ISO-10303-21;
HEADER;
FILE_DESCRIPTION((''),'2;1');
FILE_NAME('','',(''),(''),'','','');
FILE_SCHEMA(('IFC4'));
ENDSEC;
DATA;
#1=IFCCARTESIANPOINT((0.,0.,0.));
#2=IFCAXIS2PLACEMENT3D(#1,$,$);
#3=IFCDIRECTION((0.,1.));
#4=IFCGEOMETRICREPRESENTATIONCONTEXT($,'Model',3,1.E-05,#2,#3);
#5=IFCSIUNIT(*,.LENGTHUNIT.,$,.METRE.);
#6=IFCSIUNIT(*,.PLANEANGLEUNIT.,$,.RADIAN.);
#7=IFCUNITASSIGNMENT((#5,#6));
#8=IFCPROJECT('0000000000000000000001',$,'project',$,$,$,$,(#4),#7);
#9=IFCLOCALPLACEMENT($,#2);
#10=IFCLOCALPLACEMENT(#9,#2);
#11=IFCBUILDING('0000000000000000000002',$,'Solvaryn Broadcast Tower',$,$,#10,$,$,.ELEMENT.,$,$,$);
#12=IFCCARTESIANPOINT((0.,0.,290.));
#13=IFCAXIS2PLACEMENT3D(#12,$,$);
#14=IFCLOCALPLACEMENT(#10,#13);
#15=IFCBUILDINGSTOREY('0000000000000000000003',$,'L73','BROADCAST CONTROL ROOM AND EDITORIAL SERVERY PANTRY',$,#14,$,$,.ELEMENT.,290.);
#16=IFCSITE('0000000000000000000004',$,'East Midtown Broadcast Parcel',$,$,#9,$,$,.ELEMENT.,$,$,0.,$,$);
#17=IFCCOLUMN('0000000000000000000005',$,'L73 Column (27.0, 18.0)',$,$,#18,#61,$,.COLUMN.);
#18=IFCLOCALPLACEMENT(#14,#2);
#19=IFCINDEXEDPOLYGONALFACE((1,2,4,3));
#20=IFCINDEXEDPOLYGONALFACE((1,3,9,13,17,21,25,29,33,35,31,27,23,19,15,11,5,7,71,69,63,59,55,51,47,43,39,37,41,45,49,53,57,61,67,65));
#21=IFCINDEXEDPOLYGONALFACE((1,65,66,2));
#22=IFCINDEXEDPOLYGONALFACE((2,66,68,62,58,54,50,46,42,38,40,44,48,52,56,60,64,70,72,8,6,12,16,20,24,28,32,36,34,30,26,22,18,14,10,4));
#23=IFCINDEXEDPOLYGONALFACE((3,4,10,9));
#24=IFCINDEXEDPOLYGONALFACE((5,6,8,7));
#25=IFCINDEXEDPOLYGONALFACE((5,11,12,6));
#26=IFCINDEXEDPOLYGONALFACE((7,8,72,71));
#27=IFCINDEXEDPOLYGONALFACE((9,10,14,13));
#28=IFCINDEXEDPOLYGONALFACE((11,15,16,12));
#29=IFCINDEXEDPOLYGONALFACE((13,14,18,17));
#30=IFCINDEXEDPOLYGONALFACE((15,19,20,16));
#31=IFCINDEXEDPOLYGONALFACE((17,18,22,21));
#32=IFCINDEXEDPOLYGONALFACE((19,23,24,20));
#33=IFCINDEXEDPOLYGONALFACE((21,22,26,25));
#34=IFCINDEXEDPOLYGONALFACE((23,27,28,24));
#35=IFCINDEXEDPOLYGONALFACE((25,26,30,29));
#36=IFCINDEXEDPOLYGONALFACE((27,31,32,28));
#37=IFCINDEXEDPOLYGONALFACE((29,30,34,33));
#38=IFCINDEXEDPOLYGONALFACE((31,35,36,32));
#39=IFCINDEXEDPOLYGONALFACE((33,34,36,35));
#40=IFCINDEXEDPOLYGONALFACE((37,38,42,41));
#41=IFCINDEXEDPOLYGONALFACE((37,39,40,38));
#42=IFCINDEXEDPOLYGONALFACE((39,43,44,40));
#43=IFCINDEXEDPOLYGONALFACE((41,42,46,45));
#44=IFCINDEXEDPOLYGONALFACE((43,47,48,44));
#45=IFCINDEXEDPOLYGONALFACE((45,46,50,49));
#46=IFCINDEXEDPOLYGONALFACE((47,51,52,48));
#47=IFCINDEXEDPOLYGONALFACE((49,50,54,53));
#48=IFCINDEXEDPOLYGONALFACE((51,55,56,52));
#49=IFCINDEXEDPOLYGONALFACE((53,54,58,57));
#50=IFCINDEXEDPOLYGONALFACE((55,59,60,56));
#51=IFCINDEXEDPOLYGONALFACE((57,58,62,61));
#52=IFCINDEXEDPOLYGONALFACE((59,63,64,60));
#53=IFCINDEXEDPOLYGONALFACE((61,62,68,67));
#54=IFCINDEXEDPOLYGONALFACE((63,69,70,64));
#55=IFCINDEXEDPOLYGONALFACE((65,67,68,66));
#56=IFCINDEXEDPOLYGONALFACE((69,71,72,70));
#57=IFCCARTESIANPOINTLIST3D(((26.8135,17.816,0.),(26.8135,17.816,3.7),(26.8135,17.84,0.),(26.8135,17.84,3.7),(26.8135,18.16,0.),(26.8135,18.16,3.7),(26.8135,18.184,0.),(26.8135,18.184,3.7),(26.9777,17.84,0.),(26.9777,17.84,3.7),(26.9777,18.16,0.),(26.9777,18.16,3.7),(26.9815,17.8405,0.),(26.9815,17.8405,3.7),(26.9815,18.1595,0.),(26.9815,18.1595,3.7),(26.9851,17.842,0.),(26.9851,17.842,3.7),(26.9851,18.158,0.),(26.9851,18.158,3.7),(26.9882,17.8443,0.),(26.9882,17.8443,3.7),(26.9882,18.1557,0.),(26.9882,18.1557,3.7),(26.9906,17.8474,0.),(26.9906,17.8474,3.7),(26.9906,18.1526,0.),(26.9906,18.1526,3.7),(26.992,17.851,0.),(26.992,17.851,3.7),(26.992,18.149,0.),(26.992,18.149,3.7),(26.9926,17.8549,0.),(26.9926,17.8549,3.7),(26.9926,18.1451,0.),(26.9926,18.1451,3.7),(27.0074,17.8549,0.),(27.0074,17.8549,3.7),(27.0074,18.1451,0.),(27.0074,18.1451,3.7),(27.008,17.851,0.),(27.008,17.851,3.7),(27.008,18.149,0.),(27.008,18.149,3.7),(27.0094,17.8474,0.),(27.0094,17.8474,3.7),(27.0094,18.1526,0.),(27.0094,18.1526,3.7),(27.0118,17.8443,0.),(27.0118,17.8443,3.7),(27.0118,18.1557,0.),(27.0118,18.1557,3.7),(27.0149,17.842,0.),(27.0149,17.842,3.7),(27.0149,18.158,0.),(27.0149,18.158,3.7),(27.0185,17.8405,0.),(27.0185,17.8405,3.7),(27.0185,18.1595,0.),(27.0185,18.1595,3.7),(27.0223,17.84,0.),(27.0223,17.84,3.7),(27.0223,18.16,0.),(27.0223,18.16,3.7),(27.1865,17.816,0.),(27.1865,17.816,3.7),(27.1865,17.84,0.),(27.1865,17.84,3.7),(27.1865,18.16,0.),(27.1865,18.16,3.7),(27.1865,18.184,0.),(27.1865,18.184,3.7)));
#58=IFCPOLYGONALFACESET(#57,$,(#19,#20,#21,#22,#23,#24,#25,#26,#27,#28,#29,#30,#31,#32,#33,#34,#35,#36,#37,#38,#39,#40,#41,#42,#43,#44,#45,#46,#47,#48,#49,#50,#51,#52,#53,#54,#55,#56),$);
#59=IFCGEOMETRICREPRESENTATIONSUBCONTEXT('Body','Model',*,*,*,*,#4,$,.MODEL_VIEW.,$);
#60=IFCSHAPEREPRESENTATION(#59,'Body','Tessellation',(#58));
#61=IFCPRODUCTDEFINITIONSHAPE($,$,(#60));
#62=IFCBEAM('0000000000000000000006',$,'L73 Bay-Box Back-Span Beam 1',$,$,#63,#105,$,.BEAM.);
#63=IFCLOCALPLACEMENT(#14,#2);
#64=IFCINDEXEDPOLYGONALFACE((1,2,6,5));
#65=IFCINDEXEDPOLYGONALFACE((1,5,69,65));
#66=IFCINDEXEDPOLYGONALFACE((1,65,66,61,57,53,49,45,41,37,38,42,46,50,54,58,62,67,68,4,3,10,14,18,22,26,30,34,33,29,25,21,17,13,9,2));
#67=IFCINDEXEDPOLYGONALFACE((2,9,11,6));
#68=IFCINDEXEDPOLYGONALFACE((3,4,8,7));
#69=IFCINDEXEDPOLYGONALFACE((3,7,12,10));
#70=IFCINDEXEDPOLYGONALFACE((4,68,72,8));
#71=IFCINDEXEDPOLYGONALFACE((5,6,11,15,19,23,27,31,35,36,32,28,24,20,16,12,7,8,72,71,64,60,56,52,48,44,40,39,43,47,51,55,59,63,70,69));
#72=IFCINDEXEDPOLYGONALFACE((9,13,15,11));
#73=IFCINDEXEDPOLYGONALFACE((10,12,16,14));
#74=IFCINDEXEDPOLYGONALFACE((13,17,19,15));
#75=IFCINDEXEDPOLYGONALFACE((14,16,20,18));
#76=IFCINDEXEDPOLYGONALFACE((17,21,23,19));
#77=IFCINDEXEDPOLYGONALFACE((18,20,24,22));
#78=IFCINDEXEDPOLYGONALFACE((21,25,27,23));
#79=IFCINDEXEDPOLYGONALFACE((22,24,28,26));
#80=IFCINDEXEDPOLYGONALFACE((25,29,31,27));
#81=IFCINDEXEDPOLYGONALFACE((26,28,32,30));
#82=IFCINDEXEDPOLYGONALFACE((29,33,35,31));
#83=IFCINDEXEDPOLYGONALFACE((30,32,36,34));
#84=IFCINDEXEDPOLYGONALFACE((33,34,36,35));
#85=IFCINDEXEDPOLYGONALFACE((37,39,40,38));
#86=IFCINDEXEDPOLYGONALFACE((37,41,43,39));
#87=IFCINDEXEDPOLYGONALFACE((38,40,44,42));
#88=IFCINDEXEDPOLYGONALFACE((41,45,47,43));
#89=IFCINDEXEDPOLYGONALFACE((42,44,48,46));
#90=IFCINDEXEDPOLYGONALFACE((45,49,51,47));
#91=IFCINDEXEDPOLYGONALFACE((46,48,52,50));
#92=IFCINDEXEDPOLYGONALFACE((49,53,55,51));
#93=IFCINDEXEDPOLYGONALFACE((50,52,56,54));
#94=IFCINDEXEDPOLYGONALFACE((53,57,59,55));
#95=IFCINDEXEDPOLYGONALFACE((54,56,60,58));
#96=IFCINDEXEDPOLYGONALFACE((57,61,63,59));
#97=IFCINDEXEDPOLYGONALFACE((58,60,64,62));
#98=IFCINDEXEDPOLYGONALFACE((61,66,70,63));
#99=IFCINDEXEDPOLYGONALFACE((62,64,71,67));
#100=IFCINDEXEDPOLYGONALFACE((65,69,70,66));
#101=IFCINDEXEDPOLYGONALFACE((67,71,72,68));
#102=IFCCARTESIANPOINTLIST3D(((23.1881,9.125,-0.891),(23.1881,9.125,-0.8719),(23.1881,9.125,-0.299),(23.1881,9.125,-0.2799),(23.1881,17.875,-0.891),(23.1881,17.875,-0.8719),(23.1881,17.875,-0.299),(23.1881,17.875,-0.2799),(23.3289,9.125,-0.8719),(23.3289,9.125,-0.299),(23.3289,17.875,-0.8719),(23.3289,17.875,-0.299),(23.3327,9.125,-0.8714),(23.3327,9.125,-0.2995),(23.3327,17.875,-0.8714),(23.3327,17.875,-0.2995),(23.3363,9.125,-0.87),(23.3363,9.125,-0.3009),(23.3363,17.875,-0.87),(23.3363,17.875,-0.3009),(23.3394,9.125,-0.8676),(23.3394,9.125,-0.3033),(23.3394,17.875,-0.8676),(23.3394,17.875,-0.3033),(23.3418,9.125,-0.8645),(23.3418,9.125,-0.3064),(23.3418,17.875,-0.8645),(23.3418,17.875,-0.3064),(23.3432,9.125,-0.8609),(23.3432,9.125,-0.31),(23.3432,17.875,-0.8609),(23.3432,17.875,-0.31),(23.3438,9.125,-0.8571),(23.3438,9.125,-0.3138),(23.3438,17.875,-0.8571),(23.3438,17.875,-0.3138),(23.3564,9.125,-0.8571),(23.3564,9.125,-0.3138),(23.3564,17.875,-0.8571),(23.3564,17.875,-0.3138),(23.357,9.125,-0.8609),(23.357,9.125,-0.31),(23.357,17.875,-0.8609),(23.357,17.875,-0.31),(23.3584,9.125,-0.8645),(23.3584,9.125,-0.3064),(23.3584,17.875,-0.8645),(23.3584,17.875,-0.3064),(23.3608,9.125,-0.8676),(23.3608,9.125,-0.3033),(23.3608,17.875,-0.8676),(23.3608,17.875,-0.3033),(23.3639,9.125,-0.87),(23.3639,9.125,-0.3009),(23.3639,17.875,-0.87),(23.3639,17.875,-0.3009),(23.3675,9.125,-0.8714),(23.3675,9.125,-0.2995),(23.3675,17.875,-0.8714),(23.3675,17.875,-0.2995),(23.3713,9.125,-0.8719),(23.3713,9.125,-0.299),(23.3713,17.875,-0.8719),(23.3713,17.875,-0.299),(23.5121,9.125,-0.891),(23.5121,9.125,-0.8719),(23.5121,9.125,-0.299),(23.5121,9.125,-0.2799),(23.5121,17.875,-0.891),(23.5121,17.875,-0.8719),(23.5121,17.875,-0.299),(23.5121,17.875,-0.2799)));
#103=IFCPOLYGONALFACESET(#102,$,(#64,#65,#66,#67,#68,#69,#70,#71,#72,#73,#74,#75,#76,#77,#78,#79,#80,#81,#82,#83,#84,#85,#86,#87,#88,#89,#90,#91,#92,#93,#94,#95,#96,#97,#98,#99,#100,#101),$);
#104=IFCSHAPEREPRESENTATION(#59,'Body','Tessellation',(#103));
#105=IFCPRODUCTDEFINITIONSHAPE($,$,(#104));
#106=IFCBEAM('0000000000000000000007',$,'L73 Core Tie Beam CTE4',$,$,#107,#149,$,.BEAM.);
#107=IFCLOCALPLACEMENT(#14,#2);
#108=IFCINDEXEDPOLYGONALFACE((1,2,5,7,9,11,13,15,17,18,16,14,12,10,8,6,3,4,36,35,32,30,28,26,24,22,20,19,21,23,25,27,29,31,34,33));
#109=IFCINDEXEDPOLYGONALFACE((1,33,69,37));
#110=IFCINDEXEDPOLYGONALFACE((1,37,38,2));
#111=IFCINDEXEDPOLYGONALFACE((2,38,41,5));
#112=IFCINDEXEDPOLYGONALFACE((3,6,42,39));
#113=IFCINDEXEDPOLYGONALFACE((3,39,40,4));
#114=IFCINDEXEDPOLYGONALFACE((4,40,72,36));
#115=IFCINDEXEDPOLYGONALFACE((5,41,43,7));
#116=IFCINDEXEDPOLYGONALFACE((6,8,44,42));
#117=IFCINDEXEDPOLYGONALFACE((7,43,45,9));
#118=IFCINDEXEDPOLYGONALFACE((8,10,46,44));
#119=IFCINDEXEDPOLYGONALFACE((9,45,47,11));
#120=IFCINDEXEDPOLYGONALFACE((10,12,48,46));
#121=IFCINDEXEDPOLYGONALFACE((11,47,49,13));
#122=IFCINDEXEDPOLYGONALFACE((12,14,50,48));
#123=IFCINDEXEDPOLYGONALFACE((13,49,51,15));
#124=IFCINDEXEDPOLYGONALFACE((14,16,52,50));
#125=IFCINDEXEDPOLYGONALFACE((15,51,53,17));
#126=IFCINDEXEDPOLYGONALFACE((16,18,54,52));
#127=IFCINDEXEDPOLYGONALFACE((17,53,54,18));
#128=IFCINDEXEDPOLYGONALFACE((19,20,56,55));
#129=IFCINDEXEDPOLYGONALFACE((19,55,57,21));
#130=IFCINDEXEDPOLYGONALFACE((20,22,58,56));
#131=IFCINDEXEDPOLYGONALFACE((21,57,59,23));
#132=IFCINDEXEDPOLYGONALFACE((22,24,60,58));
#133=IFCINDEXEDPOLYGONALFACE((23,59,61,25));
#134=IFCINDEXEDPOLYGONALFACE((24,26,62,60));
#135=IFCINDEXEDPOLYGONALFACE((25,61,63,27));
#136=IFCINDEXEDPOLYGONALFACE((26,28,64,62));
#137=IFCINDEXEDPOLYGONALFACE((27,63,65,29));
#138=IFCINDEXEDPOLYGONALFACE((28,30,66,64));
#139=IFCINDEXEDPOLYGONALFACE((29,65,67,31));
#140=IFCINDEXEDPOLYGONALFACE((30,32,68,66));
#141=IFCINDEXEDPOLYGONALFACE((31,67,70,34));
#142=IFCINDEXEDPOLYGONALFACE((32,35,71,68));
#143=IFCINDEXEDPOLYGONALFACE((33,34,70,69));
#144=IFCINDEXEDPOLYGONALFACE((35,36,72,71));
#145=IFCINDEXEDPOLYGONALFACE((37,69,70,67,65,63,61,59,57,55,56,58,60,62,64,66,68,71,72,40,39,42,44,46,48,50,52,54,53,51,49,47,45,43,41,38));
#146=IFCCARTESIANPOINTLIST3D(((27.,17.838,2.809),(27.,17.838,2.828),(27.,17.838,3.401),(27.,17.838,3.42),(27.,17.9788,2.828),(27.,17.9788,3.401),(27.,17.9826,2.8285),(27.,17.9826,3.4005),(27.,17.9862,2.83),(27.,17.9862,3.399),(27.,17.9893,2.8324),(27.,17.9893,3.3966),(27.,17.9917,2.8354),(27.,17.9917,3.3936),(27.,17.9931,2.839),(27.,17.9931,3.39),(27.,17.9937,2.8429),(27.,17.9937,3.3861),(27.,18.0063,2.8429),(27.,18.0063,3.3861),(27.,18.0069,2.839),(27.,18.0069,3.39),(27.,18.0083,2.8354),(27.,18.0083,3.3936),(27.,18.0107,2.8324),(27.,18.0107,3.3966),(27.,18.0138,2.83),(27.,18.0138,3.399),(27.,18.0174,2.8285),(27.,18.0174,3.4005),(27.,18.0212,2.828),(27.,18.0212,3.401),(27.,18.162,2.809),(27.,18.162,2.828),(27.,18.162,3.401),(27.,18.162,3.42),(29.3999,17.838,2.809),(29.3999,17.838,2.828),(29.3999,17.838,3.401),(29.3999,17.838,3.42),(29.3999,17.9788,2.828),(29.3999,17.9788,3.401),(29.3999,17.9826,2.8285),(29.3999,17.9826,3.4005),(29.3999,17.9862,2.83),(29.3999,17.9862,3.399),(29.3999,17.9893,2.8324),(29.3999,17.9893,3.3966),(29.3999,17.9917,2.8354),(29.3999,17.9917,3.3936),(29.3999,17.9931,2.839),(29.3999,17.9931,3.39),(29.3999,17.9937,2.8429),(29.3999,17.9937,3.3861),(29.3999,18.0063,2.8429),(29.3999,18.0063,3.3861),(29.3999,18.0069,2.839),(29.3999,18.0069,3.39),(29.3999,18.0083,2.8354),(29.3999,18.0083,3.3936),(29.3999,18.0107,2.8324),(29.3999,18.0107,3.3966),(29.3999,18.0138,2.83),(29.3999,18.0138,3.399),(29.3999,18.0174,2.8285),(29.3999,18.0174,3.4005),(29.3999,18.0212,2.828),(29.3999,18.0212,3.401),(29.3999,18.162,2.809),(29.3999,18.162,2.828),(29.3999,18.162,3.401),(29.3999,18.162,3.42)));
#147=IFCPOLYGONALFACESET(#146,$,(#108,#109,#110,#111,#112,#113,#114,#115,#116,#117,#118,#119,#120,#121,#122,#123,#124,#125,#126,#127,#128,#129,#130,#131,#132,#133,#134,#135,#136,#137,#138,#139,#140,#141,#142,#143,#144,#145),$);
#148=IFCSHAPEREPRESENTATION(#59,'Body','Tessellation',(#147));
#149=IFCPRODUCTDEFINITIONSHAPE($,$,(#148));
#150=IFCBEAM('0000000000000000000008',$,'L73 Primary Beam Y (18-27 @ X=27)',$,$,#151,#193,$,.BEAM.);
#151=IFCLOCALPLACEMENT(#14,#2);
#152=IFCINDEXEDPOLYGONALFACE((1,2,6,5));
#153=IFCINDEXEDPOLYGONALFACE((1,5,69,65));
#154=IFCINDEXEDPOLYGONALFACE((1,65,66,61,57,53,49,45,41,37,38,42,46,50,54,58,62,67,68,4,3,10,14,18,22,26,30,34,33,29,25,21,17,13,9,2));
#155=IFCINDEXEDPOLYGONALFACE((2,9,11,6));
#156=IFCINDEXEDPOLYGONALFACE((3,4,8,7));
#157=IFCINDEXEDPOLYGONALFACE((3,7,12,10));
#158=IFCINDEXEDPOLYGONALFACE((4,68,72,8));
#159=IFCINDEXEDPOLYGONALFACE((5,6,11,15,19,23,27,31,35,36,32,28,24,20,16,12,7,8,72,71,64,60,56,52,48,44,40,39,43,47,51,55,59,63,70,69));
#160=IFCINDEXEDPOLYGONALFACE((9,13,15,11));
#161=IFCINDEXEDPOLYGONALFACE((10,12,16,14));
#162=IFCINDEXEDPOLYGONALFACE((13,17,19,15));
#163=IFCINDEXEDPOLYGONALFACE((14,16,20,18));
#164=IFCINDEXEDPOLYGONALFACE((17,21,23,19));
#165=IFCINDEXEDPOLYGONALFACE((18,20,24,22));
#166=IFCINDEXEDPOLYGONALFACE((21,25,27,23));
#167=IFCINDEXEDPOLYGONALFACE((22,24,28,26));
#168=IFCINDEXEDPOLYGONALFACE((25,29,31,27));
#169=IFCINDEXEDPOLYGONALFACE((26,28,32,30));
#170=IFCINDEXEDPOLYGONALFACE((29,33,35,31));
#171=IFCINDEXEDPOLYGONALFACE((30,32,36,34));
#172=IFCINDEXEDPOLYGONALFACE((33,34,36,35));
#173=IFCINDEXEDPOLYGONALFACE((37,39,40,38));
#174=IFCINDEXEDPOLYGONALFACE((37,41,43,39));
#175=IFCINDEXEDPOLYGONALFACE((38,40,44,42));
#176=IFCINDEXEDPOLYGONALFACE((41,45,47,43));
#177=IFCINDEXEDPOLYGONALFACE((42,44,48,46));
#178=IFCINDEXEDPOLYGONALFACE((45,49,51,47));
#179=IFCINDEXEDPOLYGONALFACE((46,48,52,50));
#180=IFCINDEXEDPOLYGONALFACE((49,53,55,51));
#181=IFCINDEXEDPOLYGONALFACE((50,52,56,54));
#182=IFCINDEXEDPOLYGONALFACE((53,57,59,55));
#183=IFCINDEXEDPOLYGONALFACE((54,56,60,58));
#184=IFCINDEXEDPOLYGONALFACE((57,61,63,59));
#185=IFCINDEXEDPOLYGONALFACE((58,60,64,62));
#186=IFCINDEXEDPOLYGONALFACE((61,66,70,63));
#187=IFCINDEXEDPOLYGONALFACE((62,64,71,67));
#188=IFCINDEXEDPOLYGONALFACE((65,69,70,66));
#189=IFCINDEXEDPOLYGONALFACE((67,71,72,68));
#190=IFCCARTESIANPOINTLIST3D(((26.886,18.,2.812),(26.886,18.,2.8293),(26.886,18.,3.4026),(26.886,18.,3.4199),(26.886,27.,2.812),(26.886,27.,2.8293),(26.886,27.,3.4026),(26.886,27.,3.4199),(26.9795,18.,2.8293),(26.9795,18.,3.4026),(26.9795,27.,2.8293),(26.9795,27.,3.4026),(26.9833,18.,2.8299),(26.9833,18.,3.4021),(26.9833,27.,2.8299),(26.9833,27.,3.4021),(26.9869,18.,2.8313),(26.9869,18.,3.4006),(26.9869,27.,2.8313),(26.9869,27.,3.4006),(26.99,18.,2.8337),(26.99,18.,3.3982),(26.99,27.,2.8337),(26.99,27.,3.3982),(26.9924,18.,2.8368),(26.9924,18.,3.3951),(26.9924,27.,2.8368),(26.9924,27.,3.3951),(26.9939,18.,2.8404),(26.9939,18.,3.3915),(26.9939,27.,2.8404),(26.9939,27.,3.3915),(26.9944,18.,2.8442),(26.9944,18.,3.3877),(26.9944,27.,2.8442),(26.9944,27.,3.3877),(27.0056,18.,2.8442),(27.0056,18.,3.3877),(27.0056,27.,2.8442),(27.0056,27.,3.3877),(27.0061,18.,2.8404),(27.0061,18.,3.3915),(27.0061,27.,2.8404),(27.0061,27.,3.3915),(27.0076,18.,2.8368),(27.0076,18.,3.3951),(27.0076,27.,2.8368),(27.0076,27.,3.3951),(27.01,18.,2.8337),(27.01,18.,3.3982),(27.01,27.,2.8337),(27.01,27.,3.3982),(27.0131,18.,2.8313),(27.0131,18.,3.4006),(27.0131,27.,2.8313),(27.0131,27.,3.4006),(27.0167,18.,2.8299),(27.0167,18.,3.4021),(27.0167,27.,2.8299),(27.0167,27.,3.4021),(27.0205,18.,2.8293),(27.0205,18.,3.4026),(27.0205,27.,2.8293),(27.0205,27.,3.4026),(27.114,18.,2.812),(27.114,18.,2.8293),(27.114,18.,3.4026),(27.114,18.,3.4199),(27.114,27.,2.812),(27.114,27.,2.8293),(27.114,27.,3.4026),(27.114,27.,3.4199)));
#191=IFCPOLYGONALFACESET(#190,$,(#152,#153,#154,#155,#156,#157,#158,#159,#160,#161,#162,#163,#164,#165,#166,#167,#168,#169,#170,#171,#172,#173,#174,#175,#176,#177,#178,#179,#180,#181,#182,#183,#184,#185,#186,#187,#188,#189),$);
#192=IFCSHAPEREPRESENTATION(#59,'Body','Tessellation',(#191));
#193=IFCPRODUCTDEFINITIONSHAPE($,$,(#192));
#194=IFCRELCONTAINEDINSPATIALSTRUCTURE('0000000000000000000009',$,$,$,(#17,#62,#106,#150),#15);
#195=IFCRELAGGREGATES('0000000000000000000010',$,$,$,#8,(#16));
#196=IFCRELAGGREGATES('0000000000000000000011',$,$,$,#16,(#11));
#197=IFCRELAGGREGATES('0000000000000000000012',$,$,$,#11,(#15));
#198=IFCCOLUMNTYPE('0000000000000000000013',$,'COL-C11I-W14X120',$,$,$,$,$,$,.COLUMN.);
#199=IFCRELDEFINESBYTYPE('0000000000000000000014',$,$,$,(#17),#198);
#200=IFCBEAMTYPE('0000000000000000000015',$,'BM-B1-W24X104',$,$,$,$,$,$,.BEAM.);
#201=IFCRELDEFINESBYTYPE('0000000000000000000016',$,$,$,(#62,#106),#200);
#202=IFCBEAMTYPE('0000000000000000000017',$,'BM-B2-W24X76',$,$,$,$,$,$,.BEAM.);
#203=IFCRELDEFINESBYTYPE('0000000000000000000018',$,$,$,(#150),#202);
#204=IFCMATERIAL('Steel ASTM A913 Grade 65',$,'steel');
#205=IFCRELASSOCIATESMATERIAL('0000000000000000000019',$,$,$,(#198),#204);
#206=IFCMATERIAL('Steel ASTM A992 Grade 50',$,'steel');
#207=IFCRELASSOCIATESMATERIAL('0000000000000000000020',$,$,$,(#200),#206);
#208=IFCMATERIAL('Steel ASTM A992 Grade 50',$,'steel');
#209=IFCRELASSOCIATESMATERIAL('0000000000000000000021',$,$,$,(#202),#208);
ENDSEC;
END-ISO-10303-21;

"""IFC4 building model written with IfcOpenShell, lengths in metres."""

from ifc_helpers import new_model, si_unit, direction, frame, origin, origin_2d, place, context, subcontext, project, spatial, i_section, extrude, material, material_profile, profile_set, type_object, element, save


model = new_model("IFC4")

# Units and contexts
model_context = context("Model", 3, precision=1e-05, world=origin(), true_north=direction((0.0, 1.0)))
body_context = subcontext(model_context, "Body", "Model", "MODEL_VIEW")
ifc_project = project(units=[si_unit("LENGTHUNIT", "METRE"), si_unit("PLANEANGLEUNIT", "RADIAN")], contexts=[model_context])

# Site, building, storey
site_placement = place(None, origin())
site = spatial("IfcSite", under=ifc_project, at=site_placement, Name="East Midtown Broadcast Parcel", CompositionType="ELEMENT", RefElevation=0.0)
building_placement = place(site_placement, origin())
building = spatial("IfcBuilding", under=site, at=building_placement, Name="Solvaryn Broadcast Tower", CompositionType="ELEMENT")
storey_placement = place(building_placement, frame((0.0, 0.0, 290.0)))
storey = spatial("IfcBuildingStorey", under=building, at=storey_placement, Name="L73", Description="BROADCAST CONTROL ROOM AND EDITORIAL SERVERY PANTRY", CompositionType="ELEMENT", Elevation=290.0)

# Column
ifc_material_1 = material(Name="Steel ASTM A913 Grade 65", Category="steel")
ifc_material_profile_1 = material_profile(ifc_material_1, i_section(OverallWidth=0.373, OverallDepth=0.3679, WebThickness=0.0149, FlangeThickness=0.0239, FilletRadius=0.0149, at=origin_2d()))
ifc_profile_set_1 = profile_set([ifc_material_profile_1], Name="Steel ASTM A913 Grade 65")
column_type = type_object("IfcColumnType", Name="COL-C11I-W14X120", PredefinedType="COLUMN", material=ifc_profile_set_1)
column_placement = place(storey_placement, frame((27.0, 18.0, 0.0), z_axis=(0.0, 0.0, 1.0), x_axis=(1.0, 0.0, 0.0)))
element("IfcColumn", 1, at=column_placement, inside=storey, type_object=column_type, Name="L73 Column (27.0, 18.0)", PredefinedType="COLUMN", context=body_context, shape_type="SweptSolid", body=[
    extrude(i_section(OverallWidth=0.373, OverallDepth=0.3679, WebThickness=0.0149, FlangeThickness=0.0239, FilletRadius=0.0149, at=origin_2d()), origin(), (0.0, 0.0, 1.0), 3.7),
])

# Beams
ifc_material_2 = material(Name="Steel ASTM A992 Grade 50", Category="steel")
ifc_material_profile_2 = material_profile(ifc_material_2, i_section(OverallWidth=0.324, OverallDepth=0.6111, WebThickness=0.0127, FlangeThickness=0.019, FilletRadius=0.0149, at=origin_2d()))
ifc_profile_set_2 = profile_set([ifc_material_profile_2], Name="Steel ASTM A992 Grade 50")
beam_type_1 = type_object("IfcBeamType", Name="BM-B1-W24X104", PredefinedType="BEAM", material=ifc_profile_set_2)
beam_1_placement = place(storey_placement, frame((23.3501, 17.875, -0.5854), z_axis=(0.0, -1.0, 0.0), x_axis=(1.0, 0.0, 0.0)))
element("IfcBeam", 2, at=beam_1_placement, inside=storey, type_object=beam_type_1, Name="L73 Bay-Box Back-Span Beam 1", PredefinedType="BEAM", context=body_context, shape_type="SweptSolid", body=[
    extrude(i_section(OverallWidth=0.324, OverallDepth=0.6111, WebThickness=0.0127, FlangeThickness=0.019, FilletRadius=0.0149, at=origin_2d()), origin(), (0.0, 0.0, 1.0), 8.75),
])
beam_2_placement = place(storey_placement, frame((27.0, 18.0, 3.1145), z_axis=(1.0, 0.0, 0.0), x_axis=(0.0, 1.0, 0.0)))
element("IfcBeam", 3, at=beam_2_placement, inside=storey, type_object=beam_type_1, Name="L73 Core Tie Beam CTE4", PredefinedType="BEAM", context=body_context, shape_type="SweptSolid", body=[
    extrude(i_section(OverallWidth=0.324, OverallDepth=0.6111, WebThickness=0.0127, FlangeThickness=0.019, FilletRadius=0.0149, at=origin_2d()), origin(), (0.0, 0.0, 1.0), 2.3999),
])
ifc_material_3 = material(Name="Steel ASTM A992 Grade 50", Category="steel")
ifc_material_profile_3 = material_profile(ifc_material_3, i_section(OverallWidth=0.228, OverallDepth=0.6079, WebThickness=0.0112, FlangeThickness=0.0173, FilletRadius=0.0149, at=origin_2d()))
ifc_profile_set_3 = profile_set([ifc_material_profile_3], Name="Steel ASTM A992 Grade 50")
beam_type_2 = type_object("IfcBeamType", Name="BM-B2-W24X76", PredefinedType="BEAM", material=ifc_profile_set_3)
beam_3_placement = place(storey_placement, frame((27.0, 18.0, 3.116), z_axis=(0.0, 1.0, 0.0), x_axis=(-1.0, 0.0, 0.0)))
element("IfcBeam", 4, at=beam_3_placement, inside=storey, type_object=beam_type_2, Name="L73 Primary Beam Y (18-27 @ X=27)", PredefinedType="BEAM", context=body_context, shape_type="SweptSolid", body=[
    extrude(i_section(OverallWidth=0.228, OverallDepth=0.6079, WebThickness=0.0112, FlangeThickness=0.0173, FilletRadius=0.0149, at=origin_2d()), origin(), (0.0, 0.0, 1.0), 9.0),
])

save(model, "model.ifc")
